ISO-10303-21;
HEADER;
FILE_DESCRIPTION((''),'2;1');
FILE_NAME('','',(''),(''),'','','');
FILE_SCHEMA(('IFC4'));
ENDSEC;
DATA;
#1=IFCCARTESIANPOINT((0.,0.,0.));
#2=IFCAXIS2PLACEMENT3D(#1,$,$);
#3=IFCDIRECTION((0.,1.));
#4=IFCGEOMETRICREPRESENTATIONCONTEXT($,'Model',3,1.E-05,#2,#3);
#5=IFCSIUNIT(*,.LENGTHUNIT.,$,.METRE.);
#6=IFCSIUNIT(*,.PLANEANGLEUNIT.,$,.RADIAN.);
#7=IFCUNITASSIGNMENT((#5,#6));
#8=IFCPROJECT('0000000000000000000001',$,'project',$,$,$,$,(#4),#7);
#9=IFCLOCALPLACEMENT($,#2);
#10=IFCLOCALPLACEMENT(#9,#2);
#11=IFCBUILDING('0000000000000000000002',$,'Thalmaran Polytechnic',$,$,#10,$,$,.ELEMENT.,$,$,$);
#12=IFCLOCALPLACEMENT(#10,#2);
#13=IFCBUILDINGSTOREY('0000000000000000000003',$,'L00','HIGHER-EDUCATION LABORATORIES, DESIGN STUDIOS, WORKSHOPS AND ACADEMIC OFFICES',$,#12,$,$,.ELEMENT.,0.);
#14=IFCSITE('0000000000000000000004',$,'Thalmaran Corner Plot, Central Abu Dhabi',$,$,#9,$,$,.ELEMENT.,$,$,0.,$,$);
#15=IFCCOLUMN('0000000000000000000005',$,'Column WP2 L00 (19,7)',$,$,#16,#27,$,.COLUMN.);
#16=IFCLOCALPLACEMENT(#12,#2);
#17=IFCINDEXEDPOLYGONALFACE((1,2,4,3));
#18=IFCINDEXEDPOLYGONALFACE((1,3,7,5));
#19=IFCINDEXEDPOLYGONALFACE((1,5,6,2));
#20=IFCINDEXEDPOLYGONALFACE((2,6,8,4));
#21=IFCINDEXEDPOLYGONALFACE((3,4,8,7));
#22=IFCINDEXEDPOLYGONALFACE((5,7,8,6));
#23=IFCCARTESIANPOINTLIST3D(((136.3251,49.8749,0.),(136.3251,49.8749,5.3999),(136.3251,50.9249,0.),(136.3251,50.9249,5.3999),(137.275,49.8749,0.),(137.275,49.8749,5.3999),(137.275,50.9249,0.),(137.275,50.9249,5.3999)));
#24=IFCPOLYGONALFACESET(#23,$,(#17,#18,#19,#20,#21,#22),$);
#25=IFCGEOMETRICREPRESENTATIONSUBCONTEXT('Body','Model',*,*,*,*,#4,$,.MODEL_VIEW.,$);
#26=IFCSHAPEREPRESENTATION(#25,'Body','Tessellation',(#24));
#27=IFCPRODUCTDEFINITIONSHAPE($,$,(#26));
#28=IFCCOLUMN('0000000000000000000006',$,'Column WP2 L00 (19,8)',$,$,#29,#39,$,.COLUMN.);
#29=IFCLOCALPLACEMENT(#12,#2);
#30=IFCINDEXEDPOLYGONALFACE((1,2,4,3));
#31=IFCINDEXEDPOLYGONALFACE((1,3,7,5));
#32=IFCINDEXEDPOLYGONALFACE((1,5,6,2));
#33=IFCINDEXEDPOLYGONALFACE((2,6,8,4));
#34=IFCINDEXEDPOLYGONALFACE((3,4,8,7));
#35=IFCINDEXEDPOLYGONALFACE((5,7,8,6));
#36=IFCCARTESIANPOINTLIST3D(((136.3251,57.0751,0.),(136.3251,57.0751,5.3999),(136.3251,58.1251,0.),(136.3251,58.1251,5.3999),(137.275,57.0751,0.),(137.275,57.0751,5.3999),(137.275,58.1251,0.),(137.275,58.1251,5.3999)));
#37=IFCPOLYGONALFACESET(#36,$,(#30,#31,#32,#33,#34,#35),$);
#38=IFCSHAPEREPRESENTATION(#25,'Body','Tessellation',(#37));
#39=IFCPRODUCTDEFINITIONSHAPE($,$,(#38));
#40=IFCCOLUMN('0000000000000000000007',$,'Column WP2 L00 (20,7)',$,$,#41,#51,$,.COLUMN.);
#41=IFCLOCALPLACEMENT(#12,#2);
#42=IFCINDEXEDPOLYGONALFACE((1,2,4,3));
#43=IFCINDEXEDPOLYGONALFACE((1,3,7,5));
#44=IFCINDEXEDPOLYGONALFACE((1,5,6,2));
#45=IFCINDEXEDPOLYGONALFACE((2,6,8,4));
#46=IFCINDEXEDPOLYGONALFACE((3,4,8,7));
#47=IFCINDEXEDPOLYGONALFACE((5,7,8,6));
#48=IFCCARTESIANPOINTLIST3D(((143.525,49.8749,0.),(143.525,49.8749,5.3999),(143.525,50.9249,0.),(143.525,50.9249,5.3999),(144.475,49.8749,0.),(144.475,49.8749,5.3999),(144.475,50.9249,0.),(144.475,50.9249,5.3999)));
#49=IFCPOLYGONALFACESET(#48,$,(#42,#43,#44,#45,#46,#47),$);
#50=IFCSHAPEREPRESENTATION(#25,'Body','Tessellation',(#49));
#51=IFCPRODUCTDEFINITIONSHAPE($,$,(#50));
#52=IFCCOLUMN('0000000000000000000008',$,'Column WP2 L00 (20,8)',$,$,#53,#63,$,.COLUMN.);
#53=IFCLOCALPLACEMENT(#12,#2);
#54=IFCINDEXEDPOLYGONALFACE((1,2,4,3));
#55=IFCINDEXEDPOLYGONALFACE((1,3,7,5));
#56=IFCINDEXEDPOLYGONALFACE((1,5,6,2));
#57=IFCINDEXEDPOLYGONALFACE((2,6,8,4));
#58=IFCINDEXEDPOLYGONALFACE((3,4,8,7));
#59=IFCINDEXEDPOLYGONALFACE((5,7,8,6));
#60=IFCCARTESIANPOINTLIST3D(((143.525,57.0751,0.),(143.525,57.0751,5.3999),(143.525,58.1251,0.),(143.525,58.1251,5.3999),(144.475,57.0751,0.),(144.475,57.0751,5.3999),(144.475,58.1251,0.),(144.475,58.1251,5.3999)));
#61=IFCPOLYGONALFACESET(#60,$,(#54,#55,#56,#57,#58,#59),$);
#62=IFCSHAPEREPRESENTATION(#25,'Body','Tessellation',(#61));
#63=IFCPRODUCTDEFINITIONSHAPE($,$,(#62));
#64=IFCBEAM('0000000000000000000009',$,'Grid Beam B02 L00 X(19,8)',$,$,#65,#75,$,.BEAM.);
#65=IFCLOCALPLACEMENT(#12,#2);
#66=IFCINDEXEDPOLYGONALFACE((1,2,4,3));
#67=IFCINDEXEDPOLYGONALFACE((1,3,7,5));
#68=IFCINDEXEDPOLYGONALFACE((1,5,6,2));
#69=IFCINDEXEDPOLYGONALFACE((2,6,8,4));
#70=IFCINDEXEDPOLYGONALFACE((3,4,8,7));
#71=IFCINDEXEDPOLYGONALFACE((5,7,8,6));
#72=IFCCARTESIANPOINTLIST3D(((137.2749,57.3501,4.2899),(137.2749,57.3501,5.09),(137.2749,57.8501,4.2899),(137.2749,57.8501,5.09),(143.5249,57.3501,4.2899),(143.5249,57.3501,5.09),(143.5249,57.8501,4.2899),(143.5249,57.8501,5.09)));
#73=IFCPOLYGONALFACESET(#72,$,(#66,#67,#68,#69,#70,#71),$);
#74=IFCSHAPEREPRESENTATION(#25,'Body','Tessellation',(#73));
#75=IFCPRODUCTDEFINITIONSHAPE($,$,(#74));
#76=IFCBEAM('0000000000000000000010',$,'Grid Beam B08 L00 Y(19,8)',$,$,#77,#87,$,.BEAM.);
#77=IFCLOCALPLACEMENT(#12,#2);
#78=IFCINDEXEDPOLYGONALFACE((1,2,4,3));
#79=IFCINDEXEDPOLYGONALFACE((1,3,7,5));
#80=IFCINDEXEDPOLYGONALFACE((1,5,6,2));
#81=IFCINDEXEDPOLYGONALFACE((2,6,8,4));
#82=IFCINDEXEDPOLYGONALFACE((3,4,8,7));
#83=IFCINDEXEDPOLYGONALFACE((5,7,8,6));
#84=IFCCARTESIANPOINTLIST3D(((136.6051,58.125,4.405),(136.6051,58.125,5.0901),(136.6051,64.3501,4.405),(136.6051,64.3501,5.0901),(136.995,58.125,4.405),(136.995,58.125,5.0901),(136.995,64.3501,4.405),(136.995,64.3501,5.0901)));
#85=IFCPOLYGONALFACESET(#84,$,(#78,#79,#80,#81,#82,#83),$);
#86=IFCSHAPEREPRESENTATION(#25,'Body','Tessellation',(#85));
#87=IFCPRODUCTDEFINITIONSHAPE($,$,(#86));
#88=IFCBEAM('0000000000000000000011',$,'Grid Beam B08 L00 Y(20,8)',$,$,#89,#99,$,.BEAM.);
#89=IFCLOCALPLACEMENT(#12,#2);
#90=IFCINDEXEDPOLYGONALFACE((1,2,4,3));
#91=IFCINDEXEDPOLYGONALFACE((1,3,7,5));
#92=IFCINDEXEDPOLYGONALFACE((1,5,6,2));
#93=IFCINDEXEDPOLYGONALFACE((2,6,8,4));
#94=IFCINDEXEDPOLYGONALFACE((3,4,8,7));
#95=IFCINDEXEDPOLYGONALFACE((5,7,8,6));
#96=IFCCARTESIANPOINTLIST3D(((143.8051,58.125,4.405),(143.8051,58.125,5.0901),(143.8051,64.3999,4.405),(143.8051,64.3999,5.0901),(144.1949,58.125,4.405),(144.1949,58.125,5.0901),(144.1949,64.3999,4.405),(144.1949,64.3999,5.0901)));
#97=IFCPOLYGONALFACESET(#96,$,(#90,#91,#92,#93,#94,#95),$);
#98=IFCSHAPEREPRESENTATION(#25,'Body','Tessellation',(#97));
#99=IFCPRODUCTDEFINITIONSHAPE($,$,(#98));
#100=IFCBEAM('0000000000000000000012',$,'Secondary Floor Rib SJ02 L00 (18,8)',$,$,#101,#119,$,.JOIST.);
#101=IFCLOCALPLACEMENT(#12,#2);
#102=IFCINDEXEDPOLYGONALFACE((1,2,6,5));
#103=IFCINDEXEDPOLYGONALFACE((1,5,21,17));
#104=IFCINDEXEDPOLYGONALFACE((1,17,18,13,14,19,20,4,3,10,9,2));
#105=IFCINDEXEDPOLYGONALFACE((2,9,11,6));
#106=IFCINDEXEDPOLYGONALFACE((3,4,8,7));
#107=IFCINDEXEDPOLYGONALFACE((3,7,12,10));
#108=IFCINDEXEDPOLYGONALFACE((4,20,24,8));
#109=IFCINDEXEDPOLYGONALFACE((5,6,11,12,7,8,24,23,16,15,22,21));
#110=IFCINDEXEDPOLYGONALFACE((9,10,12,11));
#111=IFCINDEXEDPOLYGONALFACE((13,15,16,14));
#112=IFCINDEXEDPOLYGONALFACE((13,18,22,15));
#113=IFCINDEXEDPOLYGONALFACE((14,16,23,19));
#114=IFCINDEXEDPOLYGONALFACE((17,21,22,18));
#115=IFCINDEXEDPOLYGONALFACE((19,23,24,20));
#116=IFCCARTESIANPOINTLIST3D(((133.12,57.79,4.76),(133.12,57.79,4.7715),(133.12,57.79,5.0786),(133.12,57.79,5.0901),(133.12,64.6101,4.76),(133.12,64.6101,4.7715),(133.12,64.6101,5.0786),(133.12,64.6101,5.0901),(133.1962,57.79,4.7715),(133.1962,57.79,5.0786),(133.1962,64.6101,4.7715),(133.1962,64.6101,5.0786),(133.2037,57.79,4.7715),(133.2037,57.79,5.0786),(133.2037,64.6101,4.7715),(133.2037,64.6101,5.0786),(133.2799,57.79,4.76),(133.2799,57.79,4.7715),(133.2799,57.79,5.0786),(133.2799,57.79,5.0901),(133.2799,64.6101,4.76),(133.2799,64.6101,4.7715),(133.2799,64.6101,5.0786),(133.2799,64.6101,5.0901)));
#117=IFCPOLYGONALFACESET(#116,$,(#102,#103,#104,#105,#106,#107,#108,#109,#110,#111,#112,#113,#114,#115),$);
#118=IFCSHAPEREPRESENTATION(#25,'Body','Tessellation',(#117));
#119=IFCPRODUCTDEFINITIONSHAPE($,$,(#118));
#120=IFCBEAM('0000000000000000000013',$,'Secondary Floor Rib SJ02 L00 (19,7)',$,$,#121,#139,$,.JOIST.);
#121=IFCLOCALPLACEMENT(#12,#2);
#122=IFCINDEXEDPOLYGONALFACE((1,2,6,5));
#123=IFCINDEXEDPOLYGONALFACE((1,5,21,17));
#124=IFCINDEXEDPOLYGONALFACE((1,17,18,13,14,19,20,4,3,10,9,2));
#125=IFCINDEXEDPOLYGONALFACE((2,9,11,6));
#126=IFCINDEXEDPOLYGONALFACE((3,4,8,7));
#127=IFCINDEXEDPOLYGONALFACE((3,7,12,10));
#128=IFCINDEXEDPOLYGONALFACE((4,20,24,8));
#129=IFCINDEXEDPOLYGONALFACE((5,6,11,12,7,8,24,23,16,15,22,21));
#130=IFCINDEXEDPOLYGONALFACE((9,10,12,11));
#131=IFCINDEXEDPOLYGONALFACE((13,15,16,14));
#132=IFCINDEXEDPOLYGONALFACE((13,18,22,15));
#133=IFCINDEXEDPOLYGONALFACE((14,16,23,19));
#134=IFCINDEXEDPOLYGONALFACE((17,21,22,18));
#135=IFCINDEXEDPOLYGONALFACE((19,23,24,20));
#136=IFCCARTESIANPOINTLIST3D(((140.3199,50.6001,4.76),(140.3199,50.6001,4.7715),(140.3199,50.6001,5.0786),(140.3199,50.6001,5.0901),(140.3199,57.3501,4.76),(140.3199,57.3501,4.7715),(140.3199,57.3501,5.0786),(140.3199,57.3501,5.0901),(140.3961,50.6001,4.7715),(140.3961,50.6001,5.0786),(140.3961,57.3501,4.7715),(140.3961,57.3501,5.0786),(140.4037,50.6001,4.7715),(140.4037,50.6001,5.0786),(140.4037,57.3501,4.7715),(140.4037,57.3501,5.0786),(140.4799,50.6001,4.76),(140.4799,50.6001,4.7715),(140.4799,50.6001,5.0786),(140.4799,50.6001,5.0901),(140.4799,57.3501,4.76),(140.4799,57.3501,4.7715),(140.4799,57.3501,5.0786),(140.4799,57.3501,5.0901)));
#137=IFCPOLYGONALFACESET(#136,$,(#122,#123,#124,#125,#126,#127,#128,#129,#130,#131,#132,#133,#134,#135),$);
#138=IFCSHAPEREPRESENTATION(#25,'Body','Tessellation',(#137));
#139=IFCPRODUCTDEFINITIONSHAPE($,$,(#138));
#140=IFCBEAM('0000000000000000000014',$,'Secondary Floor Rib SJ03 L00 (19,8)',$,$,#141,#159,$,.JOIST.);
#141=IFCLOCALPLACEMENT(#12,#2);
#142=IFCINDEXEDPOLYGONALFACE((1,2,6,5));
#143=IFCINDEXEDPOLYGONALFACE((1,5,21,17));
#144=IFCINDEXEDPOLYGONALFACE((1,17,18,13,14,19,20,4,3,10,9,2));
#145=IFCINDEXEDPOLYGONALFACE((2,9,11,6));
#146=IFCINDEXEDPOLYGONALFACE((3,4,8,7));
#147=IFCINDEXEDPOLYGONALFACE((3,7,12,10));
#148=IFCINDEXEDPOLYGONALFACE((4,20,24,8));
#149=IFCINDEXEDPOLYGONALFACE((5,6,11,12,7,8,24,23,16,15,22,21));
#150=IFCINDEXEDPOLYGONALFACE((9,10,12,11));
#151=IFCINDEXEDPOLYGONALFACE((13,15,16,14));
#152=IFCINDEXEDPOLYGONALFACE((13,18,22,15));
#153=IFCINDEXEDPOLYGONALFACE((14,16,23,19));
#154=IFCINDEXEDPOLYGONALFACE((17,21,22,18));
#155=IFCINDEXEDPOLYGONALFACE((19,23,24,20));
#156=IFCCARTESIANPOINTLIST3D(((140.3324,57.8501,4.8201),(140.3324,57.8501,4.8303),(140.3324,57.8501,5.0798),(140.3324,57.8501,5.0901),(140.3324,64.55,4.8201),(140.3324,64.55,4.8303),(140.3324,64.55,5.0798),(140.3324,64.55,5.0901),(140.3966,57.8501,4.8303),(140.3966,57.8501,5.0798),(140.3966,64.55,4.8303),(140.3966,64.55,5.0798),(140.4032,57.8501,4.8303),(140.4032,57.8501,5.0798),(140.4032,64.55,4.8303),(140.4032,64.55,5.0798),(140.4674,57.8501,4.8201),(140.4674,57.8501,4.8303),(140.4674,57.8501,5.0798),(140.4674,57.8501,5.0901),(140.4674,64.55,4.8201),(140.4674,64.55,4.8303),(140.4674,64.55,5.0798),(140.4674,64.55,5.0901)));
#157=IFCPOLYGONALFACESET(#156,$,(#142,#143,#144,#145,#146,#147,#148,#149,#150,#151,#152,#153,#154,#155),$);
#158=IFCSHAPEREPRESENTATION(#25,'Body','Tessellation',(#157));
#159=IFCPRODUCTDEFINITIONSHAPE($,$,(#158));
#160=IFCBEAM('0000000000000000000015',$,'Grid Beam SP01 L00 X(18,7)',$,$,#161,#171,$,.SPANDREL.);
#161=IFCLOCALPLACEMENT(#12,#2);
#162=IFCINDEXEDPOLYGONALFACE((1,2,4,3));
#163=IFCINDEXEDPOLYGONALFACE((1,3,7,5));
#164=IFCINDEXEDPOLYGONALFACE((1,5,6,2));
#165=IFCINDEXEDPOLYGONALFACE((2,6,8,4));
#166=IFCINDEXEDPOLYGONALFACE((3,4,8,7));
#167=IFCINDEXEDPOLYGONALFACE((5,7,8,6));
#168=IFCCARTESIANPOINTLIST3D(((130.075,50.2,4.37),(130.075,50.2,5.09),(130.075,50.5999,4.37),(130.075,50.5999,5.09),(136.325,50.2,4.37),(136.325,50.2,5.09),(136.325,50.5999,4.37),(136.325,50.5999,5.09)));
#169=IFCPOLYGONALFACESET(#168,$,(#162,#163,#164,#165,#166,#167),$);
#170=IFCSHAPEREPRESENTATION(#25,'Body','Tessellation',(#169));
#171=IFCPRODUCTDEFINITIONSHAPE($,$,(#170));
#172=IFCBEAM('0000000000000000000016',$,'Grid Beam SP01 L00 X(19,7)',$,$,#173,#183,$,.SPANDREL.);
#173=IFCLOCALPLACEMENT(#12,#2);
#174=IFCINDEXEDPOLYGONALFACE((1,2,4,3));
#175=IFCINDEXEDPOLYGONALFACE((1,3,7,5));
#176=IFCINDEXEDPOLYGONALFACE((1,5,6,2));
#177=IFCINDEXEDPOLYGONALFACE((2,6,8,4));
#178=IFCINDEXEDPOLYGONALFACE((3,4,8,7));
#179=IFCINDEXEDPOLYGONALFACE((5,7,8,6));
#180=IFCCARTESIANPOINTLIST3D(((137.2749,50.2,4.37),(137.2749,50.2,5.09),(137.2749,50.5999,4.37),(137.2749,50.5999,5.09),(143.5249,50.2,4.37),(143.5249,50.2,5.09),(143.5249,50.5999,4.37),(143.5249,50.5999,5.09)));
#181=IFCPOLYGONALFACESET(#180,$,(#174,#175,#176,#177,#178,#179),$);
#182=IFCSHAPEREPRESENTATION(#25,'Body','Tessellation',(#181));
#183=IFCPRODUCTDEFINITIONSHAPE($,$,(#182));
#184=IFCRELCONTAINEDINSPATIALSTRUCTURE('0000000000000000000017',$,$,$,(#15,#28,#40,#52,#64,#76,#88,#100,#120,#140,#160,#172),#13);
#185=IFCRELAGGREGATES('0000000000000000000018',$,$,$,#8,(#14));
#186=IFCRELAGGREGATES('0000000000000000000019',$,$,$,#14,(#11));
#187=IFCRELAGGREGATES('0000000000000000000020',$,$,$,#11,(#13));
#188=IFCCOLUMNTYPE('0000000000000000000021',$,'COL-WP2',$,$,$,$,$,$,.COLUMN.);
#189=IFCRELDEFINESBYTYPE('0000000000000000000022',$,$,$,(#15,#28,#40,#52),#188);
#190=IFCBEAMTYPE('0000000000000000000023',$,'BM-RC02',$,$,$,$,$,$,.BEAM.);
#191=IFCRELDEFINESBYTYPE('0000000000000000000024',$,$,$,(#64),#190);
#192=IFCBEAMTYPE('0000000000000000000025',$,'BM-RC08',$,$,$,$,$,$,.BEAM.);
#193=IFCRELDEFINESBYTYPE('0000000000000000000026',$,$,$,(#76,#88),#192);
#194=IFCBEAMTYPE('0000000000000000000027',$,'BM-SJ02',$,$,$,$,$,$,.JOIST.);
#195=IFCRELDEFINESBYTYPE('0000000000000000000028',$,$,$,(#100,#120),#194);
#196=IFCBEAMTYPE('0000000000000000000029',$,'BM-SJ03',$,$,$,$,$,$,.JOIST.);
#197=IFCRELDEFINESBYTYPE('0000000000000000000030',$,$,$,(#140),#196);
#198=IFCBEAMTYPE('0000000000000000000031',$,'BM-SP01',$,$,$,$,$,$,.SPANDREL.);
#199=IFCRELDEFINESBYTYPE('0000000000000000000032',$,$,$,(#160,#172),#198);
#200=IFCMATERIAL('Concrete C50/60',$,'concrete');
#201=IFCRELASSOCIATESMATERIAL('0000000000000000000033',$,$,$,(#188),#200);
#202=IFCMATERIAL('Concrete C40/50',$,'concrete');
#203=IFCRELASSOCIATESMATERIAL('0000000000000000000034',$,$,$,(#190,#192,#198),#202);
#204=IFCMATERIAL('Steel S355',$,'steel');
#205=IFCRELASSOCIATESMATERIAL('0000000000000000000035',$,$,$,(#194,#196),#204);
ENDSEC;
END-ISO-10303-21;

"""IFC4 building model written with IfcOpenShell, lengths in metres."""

from ifc_helpers import new_model, si_unit, direction, frame, origin, origin_2d, place, context, subcontext, project, spatial, rectangle, i_section, extrude, material, material_profile, profile_set, type_object, element, save


model = new_model("IFC4")

# Units and contexts
model_context = context("Model", 3, precision=1e-05, world=origin(), true_north=direction((0.0, 1.0)))
body_context = subcontext(model_context, "Body", "Model", "MODEL_VIEW")
ifc_project = project(units=[si_unit("LENGTHUNIT", "METRE"), si_unit("PLANEANGLEUNIT", "RADIAN")], contexts=[model_context])

# Site, building, storey
site_placement = place(None, origin())
site = spatial("IfcSite", under=ifc_project, at=site_placement, Name="Thalmaran Corner Plot, Central Abu Dhabi", CompositionType="ELEMENT", RefElevation=0.0)
building_placement = place(site_placement, origin())
building = spatial("IfcBuilding", under=site, at=building_placement, Name="Thalmaran Polytechnic", CompositionType="ELEMENT")
storey_placement = place(building_placement, origin())
storey = spatial("IfcBuildingStorey", under=building, at=storey_placement, Name="L00", Description="HIGHER-EDUCATION LABORATORIES, DESIGN STUDIOS, WORKSHOPS AND ACADEMIC OFFICES", CompositionType="ELEMENT", Elevation=0.0)

# Columns
ifc_material_1 = material(Name="Concrete C50/60", Category="concrete")
ifc_material_profile_1 = material_profile(ifc_material_1, rectangle(XDim=0.95, YDim=1.05, at=origin_2d()), Name="RC 950x1050")
ifc_profile_set_1 = profile_set([ifc_material_profile_1], Name="Concrete C50/60")
column_type = type_object("IfcColumnType", Name="COL-WP2", PredefinedType="COLUMN", material=ifc_profile_set_1)
for number, where, z_axis, x_axis, name in (
    (1, (136.8, 50.3999, 0.0), (0.0, 0.0, 1.0), (1.0, 0.0, 0.0), "Column WP2 L00 (19,7)"),
    (2, (136.8, 57.6001, 0.0), (0.0, 0.0, 1.0), (1.0, 0.0, 0.0), "Column WP2 L00 (19,8)"),
    (3, (144.0, 50.3999, 0.0), (0.0, 0.0, 1.0), (1.0, 0.0, 0.0), "Column WP2 L00 (20,7)"),
    (4, (144.0, 57.6001, 0.0), (0.0, 0.0, 1.0), (1.0, 0.0, 0.0), "Column WP2 L00 (20,8)"),
):
    element("IfcColumn", number, at=place(storey_placement, frame(where, z_axis=z_axis, x_axis=x_axis)), inside=storey, type_object=column_type, Name=name, PredefinedType="COLUMN", context=body_context, shape_type="SweptSolid", body=[
        extrude(rectangle(XDim=0.95, YDim=1.05, at=origin_2d()), origin(), (0.0, 0.0, 1.0), 5.3999),
    ])

# Beams
ifc_material_2 = material(Name="Concrete C40/50", Category="concrete")
ifc_material_profile_2 = material_profile(ifc_material_2, rectangle(XDim=0.5, YDim=0.8, at=origin_2d()), Name="RC 500x800")
ifc_profile_set_2 = profile_set([ifc_material_profile_2], Name="Concrete C40/50")
beam_type_1 = type_object("IfcBeamType", Name="BM-RC02", PredefinedType="BEAM", material=ifc_profile_set_2)
beam_1_placement = place(storey_placement, frame((137.2749, 57.6001, 4.6899), z_axis=(1.0, 0.0, 0.0), x_axis=(0.0, 1.0, 0.0)))
element("IfcBeam", 5, at=beam_1_placement, inside=storey, type_object=beam_type_1, Name="Grid Beam B02 L00 X(19,8)", PredefinedType="BEAM", context=body_context, shape_type="SweptSolid", body=[
    extrude(rectangle(XDim=0.5, YDim=0.8, at=origin_2d()), origin(), (0.0, 0.0, 1.0), 6.25),
])
ifc_material_profile_3 = material_profile(ifc_material_2, rectangle(XDim=0.3899, YDim=0.6851, at=origin_2d()), Name="RC 390x685")
ifc_profile_set_3 = profile_set([ifc_material_profile_3], Name="Concrete C40/50")
beam_type_2 = type_object("IfcBeamType", Name="BM-RC08", PredefinedType="BEAM", material=ifc_profile_set_3)
beam_2_placement = place(storey_placement, frame((136.8, 58.125, 4.7476), z_axis=(0.0, 1.0, 0.0), x_axis=(-1.0, 0.0, 0.0)))
element("IfcBeam", 6, at=beam_2_placement, inside=storey, type_object=beam_type_2, Name="Grid Beam B08 L00 Y(19,8)", PredefinedType="BEAM", context=body_context, shape_type="SweptSolid", body=[
    extrude(rectangle(XDim=0.3899, YDim=0.6851, at=origin_2d()), origin(), (0.0, 0.0, 1.0), 6.2251),
])
beam_3_placement = place(storey_placement, frame((144.0, 58.125, 4.7476), z_axis=(0.0, 1.0, 0.0), x_axis=(-1.0, 0.0, 0.0)))
element("IfcBeam", 7, at=beam_3_placement, inside=storey, type_object=beam_type_2, Name="Grid Beam B08 L00 Y(20,8)", PredefinedType="BEAM", context=body_context, shape_type="SweptSolid", body=[
    extrude(rectangle(XDim=0.3899, YDim=0.6851, at=origin_2d()), origin(), (0.0, 0.0, 1.0), 6.2749),
])
ifc_material_3 = material(Name="Steel S355", Category="steel")
ifc_material_profile_4 = material_profile(ifc_material_3, i_section(OverallWidth=0.1599, OverallDepth=0.3301, WebThickness=0.0076, FlangeThickness=0.0115, at=origin_2d()), Name="IPE 330")
ifc_profile_set_4 = profile_set([ifc_material_profile_4], Name="Steel S355")
beam_type_3 = type_object("IfcBeamType", Name="BM-SJ02", PredefinedType="JOIST", material=ifc_profile_set_4)
beam_4_placement = place(storey_placement, frame((133.2, 57.79, 4.925), z_axis=(0.0, 1.0, 0.0), x_axis=(-1.0, 0.0, 0.0)))
element("IfcBeam", 8, at=beam_4_placement, inside=storey, type_object=beam_type_3, Name="Secondary Floor Rib SJ02 L00 (18,8)", PredefinedType="JOIST", context=body_context, shape_type="SweptSolid", body=[
    extrude(i_section(OverallWidth=0.1599, OverallDepth=0.3301, WebThickness=0.0076, FlangeThickness=0.0115, at=origin_2d()), origin(), (0.0, 0.0, 1.0), 6.8201),
])
beam_5_placement = place(storey_placement, frame((140.3999, 50.6001, 4.925), z_axis=(0.0, 1.0, 0.0), x_axis=(-1.0, 0.0, 0.0)))
element("IfcBeam", 9, at=beam_5_placement, inside=storey, type_object=beam_type_3, Name="Secondary Floor Rib SJ02 L00 (19,7)", PredefinedType="JOIST", context=body_context, shape_type="SweptSolid", body=[
    extrude(i_section(OverallWidth=0.1599, OverallDepth=0.3301, WebThickness=0.0076, FlangeThickness=0.0115, at=origin_2d()), origin(), (0.0, 0.0, 1.0), 6.75),
])
ifc_material_profile_5 = material_profile(ifc_material_3, i_section(OverallWidth=0.135, OverallDepth=0.27, WebThickness=0.0066, FlangeThickness=0.0103, at=origin_2d()), Name="IPE 270")
ifc_profile_set_5 = profile_set([ifc_material_profile_5], Name="Steel S355")
beam_type_4 = type_object("IfcBeamType", Name="BM-SJ03", PredefinedType="JOIST", material=ifc_profile_set_5)
beam_6_placement = place(storey_placement, frame((140.3999, 57.8501, 4.9551), z_axis=(0.0, 1.0, 0.0), x_axis=(-1.0, 0.0, 0.0)))
element("IfcBeam", 10, at=beam_6_placement, inside=storey, type_object=beam_type_4, Name="Secondary Floor Rib SJ03 L00 (19,8)", PredefinedType="JOIST", context=body_context, shape_type="SweptSolid", body=[
    extrude(i_section(OverallWidth=0.135, OverallDepth=0.27, WebThickness=0.0066, FlangeThickness=0.0103, at=origin_2d()), origin(), (0.0, 0.0, 1.0), 6.7),
])
ifc_material_profile_6 = material_profile(ifc_material_2, rectangle(XDim=0.3999, YDim=0.72, at=origin_2d()), Name="RC 400x720")
ifc_profile_set_6 = profile_set([ifc_material_profile_6], Name="Concrete C40/50")
beam_type_5 = type_object("IfcBeamType", Name="BM-SP01", PredefinedType="SPANDREL", material=ifc_profile_set_6)
for number, where, z_axis, x_axis, name in (
    (11, (130.075, 50.3999, 4.73), (1.0, 0.0, 0.0), (0.0, 1.0, 0.0), "Grid Beam SP01 L00 X(18,7)"),
    (12, (137.2749, 50.3999, 4.73), (1.0, 0.0, 0.0), (0.0, 1.0, 0.0), "Grid Beam SP01 L00 X(19,7)"),
):
    element("IfcBeam", number, at=place(storey_placement, frame(where, z_axis=z_axis, x_axis=x_axis)), inside=storey, type_object=beam_type_5, Name=name, PredefinedType="SPANDREL", context=body_context, shape_type="SweptSolid", body=[
        extrude(rectangle(XDim=0.3999, YDim=0.72, at=origin_2d()), origin(), (0.0, 0.0, 1.0), 6.25),
    ])

save(model, "model.ifc")
